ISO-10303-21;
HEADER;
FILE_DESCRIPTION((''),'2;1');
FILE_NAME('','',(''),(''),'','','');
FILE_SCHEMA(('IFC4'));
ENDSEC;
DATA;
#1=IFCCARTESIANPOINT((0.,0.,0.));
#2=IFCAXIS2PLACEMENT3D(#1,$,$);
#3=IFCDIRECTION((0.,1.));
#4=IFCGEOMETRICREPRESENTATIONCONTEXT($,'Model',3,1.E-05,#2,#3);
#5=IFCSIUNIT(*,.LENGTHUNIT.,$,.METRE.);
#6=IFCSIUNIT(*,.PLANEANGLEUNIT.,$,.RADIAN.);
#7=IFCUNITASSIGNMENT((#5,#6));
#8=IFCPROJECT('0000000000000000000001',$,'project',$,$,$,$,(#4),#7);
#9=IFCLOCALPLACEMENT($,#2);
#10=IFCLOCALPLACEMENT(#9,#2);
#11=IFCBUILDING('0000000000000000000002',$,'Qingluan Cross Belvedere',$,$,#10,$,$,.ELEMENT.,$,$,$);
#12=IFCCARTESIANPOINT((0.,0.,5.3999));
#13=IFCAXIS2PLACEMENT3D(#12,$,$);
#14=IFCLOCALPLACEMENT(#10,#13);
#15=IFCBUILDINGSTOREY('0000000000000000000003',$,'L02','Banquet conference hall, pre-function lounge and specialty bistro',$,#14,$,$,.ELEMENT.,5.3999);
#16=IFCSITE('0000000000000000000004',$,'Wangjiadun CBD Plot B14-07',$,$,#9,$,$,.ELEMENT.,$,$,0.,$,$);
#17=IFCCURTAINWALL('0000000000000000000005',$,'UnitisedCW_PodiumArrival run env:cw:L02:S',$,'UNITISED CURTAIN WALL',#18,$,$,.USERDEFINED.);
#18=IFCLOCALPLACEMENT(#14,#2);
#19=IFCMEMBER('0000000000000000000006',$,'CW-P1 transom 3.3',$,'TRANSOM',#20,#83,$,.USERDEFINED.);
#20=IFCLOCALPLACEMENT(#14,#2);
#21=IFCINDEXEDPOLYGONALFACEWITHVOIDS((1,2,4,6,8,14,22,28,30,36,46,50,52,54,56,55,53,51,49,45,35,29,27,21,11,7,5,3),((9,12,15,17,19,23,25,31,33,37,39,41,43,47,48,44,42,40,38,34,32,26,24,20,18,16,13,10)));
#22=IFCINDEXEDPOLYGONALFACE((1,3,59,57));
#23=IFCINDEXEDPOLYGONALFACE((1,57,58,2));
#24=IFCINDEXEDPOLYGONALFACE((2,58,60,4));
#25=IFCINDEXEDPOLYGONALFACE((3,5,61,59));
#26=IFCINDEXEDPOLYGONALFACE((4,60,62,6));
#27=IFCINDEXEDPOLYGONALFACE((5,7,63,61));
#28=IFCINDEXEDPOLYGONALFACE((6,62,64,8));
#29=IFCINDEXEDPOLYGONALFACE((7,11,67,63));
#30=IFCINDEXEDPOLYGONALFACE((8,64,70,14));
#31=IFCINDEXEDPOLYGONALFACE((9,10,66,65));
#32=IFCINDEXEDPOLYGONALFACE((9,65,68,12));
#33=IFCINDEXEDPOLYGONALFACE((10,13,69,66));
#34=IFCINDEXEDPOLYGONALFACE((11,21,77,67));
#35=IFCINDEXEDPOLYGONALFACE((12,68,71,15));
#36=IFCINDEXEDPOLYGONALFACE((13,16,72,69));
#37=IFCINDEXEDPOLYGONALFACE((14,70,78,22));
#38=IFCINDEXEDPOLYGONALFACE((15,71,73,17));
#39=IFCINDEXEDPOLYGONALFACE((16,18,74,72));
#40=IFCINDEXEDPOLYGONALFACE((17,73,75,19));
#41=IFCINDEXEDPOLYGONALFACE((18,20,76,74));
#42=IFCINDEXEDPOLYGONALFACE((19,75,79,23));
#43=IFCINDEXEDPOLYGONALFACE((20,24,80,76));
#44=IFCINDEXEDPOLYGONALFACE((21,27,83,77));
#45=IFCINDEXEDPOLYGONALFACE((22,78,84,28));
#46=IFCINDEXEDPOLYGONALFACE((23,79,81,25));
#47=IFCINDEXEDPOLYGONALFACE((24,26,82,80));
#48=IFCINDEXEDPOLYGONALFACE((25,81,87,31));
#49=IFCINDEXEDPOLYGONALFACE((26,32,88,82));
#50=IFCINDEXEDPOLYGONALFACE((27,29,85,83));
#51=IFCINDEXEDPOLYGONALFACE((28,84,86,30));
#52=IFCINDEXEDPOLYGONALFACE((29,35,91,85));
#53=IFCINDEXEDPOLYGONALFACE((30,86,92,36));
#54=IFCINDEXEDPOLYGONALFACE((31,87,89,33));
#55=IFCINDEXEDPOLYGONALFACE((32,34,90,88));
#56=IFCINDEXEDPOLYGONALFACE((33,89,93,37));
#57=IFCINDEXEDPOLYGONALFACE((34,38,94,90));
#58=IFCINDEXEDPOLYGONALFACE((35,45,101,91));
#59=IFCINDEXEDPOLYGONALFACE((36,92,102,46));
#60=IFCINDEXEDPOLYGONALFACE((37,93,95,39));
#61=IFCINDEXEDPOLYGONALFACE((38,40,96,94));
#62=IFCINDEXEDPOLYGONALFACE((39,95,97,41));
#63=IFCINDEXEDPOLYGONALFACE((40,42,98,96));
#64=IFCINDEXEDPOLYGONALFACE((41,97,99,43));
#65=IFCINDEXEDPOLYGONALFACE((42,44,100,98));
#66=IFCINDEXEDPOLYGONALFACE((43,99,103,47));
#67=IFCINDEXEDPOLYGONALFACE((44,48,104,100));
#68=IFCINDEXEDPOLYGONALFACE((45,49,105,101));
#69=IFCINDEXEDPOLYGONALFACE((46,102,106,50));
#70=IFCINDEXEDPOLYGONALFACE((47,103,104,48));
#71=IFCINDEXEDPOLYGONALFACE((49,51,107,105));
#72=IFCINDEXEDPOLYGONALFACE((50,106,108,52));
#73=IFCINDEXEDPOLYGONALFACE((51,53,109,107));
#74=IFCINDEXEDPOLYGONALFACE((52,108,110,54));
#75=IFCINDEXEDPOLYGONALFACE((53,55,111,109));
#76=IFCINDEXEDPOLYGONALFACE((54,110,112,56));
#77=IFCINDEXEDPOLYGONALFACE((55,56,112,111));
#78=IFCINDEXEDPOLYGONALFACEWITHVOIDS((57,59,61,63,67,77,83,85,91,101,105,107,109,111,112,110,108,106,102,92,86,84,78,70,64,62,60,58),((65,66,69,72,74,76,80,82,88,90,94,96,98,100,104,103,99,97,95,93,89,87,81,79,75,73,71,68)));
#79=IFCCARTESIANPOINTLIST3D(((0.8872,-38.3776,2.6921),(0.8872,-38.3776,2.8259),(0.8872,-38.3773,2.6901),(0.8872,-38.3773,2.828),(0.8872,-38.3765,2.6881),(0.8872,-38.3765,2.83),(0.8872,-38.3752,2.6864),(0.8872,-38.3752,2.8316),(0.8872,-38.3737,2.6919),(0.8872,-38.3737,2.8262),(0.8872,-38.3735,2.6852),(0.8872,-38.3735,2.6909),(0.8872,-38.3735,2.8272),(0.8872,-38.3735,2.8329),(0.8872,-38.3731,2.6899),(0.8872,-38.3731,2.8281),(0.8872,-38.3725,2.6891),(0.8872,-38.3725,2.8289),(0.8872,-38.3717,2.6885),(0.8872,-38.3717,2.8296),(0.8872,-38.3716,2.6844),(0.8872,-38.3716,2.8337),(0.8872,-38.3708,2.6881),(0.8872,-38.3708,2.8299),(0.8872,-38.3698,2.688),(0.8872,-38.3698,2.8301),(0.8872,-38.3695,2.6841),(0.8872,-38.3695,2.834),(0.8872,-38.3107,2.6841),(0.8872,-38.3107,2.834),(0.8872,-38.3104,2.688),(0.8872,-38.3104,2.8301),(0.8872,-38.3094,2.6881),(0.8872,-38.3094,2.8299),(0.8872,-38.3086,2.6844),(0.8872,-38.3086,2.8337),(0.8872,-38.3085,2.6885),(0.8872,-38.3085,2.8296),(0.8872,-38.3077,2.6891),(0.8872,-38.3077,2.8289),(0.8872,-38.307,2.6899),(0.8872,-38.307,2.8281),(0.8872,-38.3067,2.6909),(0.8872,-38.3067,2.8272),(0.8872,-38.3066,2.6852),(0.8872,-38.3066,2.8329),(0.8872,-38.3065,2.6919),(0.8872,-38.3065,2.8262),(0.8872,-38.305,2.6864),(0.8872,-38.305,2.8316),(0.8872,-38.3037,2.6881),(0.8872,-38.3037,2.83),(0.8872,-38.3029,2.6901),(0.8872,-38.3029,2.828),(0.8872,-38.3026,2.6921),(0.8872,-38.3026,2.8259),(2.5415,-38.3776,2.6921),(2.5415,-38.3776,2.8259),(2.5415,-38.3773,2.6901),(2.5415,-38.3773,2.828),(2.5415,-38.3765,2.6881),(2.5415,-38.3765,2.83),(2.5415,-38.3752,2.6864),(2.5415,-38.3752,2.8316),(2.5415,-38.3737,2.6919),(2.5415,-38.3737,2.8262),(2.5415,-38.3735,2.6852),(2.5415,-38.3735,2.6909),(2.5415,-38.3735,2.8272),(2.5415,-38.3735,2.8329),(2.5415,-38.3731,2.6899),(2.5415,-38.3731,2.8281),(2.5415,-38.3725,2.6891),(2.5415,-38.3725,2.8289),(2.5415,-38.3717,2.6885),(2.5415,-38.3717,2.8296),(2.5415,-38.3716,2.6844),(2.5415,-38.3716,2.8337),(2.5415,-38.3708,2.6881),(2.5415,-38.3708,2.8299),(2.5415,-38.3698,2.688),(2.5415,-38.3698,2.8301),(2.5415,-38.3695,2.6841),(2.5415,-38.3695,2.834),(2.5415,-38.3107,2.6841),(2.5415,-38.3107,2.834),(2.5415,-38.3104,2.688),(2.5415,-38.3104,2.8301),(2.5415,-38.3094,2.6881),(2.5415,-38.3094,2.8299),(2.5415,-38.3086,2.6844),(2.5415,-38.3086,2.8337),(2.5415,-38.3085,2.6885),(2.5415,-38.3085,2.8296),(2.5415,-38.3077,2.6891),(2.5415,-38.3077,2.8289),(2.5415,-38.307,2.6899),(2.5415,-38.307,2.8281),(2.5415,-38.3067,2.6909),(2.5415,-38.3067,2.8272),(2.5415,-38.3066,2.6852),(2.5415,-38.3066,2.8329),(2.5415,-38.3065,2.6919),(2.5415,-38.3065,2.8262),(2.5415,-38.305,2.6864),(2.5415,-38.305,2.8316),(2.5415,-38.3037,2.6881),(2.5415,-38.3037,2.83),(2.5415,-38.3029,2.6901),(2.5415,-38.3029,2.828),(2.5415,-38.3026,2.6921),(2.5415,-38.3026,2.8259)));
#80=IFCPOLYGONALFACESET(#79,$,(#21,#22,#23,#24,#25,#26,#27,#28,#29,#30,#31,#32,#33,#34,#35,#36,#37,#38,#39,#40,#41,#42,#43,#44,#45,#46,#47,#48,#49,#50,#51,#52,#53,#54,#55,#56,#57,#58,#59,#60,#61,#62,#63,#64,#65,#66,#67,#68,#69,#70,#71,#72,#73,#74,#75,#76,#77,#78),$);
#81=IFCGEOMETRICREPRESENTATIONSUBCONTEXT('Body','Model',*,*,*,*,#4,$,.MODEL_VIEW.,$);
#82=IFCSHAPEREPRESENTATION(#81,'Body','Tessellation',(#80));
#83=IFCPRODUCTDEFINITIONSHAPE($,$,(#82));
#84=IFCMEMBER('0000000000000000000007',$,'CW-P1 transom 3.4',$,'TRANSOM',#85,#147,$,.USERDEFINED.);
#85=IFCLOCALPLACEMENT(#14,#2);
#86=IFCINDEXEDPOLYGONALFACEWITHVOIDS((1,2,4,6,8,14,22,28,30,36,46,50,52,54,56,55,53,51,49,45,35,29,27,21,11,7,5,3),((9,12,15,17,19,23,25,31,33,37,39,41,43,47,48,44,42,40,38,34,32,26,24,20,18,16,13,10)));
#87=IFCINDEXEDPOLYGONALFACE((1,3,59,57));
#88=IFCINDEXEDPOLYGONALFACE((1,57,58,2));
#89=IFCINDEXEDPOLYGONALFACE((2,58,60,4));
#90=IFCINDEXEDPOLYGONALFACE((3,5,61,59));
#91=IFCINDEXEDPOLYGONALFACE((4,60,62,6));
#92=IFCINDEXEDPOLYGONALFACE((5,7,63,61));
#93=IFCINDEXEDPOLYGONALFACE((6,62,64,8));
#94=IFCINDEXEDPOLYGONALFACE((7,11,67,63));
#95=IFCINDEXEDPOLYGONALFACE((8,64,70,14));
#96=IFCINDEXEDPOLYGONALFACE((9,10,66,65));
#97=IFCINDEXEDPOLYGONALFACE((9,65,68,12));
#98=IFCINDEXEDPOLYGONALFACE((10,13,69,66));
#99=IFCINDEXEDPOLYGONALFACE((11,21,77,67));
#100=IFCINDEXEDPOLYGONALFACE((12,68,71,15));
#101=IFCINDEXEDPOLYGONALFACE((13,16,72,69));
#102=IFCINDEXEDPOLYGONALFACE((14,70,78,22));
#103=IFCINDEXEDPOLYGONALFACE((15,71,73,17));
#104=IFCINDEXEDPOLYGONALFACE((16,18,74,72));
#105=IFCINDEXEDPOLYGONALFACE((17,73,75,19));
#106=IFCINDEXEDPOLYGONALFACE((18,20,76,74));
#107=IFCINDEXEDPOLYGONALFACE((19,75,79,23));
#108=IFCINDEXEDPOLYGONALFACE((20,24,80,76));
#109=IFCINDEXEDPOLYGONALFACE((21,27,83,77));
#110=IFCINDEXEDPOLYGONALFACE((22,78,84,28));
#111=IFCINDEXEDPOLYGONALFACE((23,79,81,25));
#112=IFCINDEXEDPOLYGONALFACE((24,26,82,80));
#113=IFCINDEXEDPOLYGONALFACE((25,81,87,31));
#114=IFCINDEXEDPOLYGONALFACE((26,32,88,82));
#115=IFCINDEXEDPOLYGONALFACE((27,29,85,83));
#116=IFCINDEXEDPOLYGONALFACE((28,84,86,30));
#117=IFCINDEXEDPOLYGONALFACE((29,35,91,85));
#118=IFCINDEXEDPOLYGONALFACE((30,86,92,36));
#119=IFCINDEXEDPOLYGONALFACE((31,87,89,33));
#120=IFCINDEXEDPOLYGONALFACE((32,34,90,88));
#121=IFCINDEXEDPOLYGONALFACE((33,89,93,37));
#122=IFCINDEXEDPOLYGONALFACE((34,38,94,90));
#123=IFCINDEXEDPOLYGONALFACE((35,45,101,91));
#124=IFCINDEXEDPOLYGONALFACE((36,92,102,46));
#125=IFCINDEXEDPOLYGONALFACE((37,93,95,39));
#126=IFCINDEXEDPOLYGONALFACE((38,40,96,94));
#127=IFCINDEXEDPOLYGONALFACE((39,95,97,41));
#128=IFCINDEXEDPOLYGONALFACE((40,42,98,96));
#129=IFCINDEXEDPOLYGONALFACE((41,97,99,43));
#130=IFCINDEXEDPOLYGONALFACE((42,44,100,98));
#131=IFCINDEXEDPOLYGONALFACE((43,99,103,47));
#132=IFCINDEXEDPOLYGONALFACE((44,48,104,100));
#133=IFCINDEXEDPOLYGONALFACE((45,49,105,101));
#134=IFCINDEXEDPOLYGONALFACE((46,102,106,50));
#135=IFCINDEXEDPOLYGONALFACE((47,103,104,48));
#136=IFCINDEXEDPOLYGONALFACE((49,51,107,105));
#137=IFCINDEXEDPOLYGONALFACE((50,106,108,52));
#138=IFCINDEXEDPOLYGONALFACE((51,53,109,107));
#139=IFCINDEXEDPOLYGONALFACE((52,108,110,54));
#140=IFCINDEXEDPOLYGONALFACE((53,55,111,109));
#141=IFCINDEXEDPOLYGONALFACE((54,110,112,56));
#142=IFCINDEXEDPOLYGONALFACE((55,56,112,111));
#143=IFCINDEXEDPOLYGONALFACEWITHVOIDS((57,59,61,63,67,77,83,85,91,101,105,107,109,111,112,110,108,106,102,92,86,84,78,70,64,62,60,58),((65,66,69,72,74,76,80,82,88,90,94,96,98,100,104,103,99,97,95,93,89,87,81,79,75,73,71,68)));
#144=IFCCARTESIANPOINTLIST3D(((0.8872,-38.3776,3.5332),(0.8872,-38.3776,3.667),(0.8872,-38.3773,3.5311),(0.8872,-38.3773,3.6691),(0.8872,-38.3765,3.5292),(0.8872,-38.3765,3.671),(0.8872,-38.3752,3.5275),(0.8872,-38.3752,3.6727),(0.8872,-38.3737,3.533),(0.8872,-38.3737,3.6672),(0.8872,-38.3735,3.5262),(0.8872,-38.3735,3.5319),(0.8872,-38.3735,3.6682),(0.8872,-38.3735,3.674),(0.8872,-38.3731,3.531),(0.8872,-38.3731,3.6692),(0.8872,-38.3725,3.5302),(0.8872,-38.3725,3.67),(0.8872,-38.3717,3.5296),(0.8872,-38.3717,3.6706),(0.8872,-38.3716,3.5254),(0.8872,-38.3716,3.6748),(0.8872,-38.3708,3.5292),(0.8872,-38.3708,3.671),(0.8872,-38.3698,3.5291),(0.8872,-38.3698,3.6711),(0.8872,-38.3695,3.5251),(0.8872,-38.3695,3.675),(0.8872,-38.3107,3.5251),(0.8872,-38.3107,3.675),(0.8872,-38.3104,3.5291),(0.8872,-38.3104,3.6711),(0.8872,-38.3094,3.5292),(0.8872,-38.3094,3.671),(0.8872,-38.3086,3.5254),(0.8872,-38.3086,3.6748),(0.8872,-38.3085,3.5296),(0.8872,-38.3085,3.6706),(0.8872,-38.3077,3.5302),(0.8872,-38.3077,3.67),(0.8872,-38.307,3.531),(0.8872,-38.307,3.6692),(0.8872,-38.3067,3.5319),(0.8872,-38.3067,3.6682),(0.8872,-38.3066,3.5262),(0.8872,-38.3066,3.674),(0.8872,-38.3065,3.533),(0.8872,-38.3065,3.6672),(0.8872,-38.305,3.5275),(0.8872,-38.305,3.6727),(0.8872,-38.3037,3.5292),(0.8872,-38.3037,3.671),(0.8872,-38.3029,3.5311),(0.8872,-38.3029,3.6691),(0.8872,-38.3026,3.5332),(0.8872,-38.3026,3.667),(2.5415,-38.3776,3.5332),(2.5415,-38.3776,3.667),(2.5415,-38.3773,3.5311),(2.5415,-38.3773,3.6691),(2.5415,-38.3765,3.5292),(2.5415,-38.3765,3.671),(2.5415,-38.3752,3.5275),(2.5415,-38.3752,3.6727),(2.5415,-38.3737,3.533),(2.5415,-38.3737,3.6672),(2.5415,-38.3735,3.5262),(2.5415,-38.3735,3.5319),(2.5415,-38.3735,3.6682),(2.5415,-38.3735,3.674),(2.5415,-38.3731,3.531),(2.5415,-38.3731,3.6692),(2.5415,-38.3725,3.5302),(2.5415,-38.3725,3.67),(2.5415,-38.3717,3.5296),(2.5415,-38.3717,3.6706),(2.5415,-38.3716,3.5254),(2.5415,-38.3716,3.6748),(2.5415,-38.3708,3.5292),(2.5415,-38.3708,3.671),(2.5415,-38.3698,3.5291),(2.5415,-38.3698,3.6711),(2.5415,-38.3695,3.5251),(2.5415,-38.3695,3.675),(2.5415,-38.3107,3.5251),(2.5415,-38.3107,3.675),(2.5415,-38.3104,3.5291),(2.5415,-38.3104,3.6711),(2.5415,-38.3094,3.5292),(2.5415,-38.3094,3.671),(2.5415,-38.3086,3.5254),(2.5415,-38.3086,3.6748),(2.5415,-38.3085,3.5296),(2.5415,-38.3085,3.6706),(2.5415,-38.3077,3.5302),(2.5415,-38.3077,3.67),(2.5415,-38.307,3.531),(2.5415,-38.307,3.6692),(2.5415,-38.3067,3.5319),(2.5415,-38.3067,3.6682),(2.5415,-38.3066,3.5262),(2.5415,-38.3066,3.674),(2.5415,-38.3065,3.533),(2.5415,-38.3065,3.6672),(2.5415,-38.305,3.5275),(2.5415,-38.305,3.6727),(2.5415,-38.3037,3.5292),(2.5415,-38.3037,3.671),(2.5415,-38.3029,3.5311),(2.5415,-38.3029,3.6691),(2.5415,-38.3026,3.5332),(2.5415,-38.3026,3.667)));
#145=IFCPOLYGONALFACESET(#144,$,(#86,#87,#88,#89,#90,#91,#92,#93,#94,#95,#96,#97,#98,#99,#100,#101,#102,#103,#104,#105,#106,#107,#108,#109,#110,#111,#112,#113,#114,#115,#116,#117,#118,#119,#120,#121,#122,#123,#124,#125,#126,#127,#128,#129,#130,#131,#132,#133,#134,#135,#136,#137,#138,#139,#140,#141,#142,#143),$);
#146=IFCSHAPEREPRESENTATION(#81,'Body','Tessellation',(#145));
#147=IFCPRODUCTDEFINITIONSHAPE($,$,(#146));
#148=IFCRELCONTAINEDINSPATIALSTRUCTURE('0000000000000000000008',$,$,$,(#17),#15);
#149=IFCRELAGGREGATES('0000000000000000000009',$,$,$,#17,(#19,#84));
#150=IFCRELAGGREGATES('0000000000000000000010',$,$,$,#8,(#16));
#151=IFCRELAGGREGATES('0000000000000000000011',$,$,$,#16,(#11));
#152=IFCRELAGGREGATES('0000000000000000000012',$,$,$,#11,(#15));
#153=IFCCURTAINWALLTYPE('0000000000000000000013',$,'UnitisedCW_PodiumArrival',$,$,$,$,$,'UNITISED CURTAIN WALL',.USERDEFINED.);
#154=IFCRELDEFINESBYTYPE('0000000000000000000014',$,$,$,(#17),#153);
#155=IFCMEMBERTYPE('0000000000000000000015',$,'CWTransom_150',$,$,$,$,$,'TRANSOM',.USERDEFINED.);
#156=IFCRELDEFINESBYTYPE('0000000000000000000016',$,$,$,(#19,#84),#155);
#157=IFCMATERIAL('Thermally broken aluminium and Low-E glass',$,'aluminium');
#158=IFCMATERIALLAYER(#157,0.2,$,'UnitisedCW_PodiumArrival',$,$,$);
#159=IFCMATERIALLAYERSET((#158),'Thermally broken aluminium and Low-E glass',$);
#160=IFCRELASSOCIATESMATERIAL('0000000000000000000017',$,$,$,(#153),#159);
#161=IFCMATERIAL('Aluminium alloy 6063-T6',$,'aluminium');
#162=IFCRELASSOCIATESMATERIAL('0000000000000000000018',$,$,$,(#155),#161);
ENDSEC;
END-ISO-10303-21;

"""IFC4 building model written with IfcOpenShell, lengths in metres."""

from ifc_helpers import new_model, si_unit, direction, frame, origin, origin_2d, place, context, subcontext, project, spatial, hollow_rectangle, extrude, material, layer, layer_set, material_profile, profile_set, type_object, element, aggregate, save


model = new_model("IFC4")

# Units and contexts
model_context = context("Model", 3, precision=1e-05, world=origin(), true_north=direction((0.0, 1.0)))
body_context = subcontext(model_context, "Body", "Model", "MODEL_VIEW")
ifc_project = project(units=[si_unit("LENGTHUNIT", "METRE"), si_unit("PLANEANGLEUNIT", "RADIAN")], contexts=[model_context])

# Site, building, storey
site_placement = place(None, origin())
site = spatial("IfcSite", under=ifc_project, at=site_placement, Name="Wangjiadun CBD Plot B14-07", CompositionType="ELEMENT", RefElevation=0.0)
building_placement = place(site_placement, origin())
building = spatial("IfcBuilding", under=site, at=building_placement, Name="Qingluan Cross Belvedere", CompositionType="ELEMENT")
storey_placement = place(building_placement, frame((0.0, 0.0, 5.3999)))
storey = spatial("IfcBuildingStorey", under=building, at=storey_placement, Name="L02", Description="Banquet conference hall, pre-function lounge and specialty bistro", CompositionType="ELEMENT", Elevation=5.3999)

# Curtain wall, members
ifc_material_1 = material(Name="Thermally broken aluminium and Low-E glass", Category="aluminium")
ifc_layer_1 = layer(ifc_material_1, 0.2, Name="UnitisedCW_PodiumArrival")
ifc_layer_set_1 = layer_set([ifc_layer_1], Name="Thermally broken aluminium and Low-E glass")
curtain_wall_type = type_object("IfcCurtainWallType", Name="UnitisedCW_PodiumArrival", ElementType="UNITISED CURTAIN WALL", PredefinedType="USERDEFINED", material=ifc_layer_set_1)
curtain_wall_placement = place(storey_placement, origin())
curtain_wall = element("IfcCurtainWall", 1, at=curtain_wall_placement, inside=storey, type_object=curtain_wall_type, Name="UnitisedCW_PodiumArrival run env:cw:L02:S", ObjectType="UNITISED CURTAIN WALL", PredefinedType="USERDEFINED")
ifc_material_2 = material(Name="Aluminium alloy 6063-T6", Category="aluminium")
ifc_material_profile_1 = material_profile(ifc_material_2, hollow_rectangle(XDim=0.075, YDim=0.1499, WallThickness=0.0039, InnerFilletRadius=0.0039, OuterFilletRadius=0.0081, at=origin_2d()), Name="CWT150x75x4")
ifc_profile_set_1 = profile_set([ifc_material_profile_1], Name="Aluminium alloy 6063-T6")
member_type_1 = type_object("IfcMemberType", Name="CWTransom_150", ElementType="TRANSOM", PredefinedType="USERDEFINED", material=ifc_profile_set_1)
member_1_placement = place(storey_placement, frame((2.5415, -38.3401, 2.759), z_axis=(-1.0, 0.0, 0.0), x_axis=(0.0, -1.0, 0.0)))
member_1 = element("IfcMember", 2, at=member_1_placement, type_object=member_type_1, Name="CW-P1 transom 3.3", ObjectType="TRANSOM", PredefinedType="USERDEFINED", context=body_context, shape_type="SweptSolid", body=[
    extrude(hollow_rectangle(XDim=0.075, YDim=0.1499, WallThickness=0.0039, InnerFilletRadius=0.0039, OuterFilletRadius=0.0081, at=origin_2d()), origin(), (0.0, 0.0, 1.0), 1.6543),
])
member_2_placement = place(storey_placement, frame((2.5415, -38.3401, 3.6001), z_axis=(-1.0, 0.0, 0.0), x_axis=(0.0, -1.0, 0.0)))
member_2 = element("IfcMember", 3, at=member_2_placement, type_object=member_type_1, Name="CW-P1 transom 3.4", ObjectType="TRANSOM", PredefinedType="USERDEFINED", context=body_context, shape_type="SweptSolid", body=[
    extrude(hollow_rectangle(XDim=0.075, YDim=0.1499, WallThickness=0.0039, InnerFilletRadius=0.0039, OuterFilletRadius=0.0081, at=origin_2d()), origin(), (0.0, 0.0, 1.0), 1.6543),
])
aggregate(curtain_wall, [member_1, member_2])

save(model, "model.ifc")
